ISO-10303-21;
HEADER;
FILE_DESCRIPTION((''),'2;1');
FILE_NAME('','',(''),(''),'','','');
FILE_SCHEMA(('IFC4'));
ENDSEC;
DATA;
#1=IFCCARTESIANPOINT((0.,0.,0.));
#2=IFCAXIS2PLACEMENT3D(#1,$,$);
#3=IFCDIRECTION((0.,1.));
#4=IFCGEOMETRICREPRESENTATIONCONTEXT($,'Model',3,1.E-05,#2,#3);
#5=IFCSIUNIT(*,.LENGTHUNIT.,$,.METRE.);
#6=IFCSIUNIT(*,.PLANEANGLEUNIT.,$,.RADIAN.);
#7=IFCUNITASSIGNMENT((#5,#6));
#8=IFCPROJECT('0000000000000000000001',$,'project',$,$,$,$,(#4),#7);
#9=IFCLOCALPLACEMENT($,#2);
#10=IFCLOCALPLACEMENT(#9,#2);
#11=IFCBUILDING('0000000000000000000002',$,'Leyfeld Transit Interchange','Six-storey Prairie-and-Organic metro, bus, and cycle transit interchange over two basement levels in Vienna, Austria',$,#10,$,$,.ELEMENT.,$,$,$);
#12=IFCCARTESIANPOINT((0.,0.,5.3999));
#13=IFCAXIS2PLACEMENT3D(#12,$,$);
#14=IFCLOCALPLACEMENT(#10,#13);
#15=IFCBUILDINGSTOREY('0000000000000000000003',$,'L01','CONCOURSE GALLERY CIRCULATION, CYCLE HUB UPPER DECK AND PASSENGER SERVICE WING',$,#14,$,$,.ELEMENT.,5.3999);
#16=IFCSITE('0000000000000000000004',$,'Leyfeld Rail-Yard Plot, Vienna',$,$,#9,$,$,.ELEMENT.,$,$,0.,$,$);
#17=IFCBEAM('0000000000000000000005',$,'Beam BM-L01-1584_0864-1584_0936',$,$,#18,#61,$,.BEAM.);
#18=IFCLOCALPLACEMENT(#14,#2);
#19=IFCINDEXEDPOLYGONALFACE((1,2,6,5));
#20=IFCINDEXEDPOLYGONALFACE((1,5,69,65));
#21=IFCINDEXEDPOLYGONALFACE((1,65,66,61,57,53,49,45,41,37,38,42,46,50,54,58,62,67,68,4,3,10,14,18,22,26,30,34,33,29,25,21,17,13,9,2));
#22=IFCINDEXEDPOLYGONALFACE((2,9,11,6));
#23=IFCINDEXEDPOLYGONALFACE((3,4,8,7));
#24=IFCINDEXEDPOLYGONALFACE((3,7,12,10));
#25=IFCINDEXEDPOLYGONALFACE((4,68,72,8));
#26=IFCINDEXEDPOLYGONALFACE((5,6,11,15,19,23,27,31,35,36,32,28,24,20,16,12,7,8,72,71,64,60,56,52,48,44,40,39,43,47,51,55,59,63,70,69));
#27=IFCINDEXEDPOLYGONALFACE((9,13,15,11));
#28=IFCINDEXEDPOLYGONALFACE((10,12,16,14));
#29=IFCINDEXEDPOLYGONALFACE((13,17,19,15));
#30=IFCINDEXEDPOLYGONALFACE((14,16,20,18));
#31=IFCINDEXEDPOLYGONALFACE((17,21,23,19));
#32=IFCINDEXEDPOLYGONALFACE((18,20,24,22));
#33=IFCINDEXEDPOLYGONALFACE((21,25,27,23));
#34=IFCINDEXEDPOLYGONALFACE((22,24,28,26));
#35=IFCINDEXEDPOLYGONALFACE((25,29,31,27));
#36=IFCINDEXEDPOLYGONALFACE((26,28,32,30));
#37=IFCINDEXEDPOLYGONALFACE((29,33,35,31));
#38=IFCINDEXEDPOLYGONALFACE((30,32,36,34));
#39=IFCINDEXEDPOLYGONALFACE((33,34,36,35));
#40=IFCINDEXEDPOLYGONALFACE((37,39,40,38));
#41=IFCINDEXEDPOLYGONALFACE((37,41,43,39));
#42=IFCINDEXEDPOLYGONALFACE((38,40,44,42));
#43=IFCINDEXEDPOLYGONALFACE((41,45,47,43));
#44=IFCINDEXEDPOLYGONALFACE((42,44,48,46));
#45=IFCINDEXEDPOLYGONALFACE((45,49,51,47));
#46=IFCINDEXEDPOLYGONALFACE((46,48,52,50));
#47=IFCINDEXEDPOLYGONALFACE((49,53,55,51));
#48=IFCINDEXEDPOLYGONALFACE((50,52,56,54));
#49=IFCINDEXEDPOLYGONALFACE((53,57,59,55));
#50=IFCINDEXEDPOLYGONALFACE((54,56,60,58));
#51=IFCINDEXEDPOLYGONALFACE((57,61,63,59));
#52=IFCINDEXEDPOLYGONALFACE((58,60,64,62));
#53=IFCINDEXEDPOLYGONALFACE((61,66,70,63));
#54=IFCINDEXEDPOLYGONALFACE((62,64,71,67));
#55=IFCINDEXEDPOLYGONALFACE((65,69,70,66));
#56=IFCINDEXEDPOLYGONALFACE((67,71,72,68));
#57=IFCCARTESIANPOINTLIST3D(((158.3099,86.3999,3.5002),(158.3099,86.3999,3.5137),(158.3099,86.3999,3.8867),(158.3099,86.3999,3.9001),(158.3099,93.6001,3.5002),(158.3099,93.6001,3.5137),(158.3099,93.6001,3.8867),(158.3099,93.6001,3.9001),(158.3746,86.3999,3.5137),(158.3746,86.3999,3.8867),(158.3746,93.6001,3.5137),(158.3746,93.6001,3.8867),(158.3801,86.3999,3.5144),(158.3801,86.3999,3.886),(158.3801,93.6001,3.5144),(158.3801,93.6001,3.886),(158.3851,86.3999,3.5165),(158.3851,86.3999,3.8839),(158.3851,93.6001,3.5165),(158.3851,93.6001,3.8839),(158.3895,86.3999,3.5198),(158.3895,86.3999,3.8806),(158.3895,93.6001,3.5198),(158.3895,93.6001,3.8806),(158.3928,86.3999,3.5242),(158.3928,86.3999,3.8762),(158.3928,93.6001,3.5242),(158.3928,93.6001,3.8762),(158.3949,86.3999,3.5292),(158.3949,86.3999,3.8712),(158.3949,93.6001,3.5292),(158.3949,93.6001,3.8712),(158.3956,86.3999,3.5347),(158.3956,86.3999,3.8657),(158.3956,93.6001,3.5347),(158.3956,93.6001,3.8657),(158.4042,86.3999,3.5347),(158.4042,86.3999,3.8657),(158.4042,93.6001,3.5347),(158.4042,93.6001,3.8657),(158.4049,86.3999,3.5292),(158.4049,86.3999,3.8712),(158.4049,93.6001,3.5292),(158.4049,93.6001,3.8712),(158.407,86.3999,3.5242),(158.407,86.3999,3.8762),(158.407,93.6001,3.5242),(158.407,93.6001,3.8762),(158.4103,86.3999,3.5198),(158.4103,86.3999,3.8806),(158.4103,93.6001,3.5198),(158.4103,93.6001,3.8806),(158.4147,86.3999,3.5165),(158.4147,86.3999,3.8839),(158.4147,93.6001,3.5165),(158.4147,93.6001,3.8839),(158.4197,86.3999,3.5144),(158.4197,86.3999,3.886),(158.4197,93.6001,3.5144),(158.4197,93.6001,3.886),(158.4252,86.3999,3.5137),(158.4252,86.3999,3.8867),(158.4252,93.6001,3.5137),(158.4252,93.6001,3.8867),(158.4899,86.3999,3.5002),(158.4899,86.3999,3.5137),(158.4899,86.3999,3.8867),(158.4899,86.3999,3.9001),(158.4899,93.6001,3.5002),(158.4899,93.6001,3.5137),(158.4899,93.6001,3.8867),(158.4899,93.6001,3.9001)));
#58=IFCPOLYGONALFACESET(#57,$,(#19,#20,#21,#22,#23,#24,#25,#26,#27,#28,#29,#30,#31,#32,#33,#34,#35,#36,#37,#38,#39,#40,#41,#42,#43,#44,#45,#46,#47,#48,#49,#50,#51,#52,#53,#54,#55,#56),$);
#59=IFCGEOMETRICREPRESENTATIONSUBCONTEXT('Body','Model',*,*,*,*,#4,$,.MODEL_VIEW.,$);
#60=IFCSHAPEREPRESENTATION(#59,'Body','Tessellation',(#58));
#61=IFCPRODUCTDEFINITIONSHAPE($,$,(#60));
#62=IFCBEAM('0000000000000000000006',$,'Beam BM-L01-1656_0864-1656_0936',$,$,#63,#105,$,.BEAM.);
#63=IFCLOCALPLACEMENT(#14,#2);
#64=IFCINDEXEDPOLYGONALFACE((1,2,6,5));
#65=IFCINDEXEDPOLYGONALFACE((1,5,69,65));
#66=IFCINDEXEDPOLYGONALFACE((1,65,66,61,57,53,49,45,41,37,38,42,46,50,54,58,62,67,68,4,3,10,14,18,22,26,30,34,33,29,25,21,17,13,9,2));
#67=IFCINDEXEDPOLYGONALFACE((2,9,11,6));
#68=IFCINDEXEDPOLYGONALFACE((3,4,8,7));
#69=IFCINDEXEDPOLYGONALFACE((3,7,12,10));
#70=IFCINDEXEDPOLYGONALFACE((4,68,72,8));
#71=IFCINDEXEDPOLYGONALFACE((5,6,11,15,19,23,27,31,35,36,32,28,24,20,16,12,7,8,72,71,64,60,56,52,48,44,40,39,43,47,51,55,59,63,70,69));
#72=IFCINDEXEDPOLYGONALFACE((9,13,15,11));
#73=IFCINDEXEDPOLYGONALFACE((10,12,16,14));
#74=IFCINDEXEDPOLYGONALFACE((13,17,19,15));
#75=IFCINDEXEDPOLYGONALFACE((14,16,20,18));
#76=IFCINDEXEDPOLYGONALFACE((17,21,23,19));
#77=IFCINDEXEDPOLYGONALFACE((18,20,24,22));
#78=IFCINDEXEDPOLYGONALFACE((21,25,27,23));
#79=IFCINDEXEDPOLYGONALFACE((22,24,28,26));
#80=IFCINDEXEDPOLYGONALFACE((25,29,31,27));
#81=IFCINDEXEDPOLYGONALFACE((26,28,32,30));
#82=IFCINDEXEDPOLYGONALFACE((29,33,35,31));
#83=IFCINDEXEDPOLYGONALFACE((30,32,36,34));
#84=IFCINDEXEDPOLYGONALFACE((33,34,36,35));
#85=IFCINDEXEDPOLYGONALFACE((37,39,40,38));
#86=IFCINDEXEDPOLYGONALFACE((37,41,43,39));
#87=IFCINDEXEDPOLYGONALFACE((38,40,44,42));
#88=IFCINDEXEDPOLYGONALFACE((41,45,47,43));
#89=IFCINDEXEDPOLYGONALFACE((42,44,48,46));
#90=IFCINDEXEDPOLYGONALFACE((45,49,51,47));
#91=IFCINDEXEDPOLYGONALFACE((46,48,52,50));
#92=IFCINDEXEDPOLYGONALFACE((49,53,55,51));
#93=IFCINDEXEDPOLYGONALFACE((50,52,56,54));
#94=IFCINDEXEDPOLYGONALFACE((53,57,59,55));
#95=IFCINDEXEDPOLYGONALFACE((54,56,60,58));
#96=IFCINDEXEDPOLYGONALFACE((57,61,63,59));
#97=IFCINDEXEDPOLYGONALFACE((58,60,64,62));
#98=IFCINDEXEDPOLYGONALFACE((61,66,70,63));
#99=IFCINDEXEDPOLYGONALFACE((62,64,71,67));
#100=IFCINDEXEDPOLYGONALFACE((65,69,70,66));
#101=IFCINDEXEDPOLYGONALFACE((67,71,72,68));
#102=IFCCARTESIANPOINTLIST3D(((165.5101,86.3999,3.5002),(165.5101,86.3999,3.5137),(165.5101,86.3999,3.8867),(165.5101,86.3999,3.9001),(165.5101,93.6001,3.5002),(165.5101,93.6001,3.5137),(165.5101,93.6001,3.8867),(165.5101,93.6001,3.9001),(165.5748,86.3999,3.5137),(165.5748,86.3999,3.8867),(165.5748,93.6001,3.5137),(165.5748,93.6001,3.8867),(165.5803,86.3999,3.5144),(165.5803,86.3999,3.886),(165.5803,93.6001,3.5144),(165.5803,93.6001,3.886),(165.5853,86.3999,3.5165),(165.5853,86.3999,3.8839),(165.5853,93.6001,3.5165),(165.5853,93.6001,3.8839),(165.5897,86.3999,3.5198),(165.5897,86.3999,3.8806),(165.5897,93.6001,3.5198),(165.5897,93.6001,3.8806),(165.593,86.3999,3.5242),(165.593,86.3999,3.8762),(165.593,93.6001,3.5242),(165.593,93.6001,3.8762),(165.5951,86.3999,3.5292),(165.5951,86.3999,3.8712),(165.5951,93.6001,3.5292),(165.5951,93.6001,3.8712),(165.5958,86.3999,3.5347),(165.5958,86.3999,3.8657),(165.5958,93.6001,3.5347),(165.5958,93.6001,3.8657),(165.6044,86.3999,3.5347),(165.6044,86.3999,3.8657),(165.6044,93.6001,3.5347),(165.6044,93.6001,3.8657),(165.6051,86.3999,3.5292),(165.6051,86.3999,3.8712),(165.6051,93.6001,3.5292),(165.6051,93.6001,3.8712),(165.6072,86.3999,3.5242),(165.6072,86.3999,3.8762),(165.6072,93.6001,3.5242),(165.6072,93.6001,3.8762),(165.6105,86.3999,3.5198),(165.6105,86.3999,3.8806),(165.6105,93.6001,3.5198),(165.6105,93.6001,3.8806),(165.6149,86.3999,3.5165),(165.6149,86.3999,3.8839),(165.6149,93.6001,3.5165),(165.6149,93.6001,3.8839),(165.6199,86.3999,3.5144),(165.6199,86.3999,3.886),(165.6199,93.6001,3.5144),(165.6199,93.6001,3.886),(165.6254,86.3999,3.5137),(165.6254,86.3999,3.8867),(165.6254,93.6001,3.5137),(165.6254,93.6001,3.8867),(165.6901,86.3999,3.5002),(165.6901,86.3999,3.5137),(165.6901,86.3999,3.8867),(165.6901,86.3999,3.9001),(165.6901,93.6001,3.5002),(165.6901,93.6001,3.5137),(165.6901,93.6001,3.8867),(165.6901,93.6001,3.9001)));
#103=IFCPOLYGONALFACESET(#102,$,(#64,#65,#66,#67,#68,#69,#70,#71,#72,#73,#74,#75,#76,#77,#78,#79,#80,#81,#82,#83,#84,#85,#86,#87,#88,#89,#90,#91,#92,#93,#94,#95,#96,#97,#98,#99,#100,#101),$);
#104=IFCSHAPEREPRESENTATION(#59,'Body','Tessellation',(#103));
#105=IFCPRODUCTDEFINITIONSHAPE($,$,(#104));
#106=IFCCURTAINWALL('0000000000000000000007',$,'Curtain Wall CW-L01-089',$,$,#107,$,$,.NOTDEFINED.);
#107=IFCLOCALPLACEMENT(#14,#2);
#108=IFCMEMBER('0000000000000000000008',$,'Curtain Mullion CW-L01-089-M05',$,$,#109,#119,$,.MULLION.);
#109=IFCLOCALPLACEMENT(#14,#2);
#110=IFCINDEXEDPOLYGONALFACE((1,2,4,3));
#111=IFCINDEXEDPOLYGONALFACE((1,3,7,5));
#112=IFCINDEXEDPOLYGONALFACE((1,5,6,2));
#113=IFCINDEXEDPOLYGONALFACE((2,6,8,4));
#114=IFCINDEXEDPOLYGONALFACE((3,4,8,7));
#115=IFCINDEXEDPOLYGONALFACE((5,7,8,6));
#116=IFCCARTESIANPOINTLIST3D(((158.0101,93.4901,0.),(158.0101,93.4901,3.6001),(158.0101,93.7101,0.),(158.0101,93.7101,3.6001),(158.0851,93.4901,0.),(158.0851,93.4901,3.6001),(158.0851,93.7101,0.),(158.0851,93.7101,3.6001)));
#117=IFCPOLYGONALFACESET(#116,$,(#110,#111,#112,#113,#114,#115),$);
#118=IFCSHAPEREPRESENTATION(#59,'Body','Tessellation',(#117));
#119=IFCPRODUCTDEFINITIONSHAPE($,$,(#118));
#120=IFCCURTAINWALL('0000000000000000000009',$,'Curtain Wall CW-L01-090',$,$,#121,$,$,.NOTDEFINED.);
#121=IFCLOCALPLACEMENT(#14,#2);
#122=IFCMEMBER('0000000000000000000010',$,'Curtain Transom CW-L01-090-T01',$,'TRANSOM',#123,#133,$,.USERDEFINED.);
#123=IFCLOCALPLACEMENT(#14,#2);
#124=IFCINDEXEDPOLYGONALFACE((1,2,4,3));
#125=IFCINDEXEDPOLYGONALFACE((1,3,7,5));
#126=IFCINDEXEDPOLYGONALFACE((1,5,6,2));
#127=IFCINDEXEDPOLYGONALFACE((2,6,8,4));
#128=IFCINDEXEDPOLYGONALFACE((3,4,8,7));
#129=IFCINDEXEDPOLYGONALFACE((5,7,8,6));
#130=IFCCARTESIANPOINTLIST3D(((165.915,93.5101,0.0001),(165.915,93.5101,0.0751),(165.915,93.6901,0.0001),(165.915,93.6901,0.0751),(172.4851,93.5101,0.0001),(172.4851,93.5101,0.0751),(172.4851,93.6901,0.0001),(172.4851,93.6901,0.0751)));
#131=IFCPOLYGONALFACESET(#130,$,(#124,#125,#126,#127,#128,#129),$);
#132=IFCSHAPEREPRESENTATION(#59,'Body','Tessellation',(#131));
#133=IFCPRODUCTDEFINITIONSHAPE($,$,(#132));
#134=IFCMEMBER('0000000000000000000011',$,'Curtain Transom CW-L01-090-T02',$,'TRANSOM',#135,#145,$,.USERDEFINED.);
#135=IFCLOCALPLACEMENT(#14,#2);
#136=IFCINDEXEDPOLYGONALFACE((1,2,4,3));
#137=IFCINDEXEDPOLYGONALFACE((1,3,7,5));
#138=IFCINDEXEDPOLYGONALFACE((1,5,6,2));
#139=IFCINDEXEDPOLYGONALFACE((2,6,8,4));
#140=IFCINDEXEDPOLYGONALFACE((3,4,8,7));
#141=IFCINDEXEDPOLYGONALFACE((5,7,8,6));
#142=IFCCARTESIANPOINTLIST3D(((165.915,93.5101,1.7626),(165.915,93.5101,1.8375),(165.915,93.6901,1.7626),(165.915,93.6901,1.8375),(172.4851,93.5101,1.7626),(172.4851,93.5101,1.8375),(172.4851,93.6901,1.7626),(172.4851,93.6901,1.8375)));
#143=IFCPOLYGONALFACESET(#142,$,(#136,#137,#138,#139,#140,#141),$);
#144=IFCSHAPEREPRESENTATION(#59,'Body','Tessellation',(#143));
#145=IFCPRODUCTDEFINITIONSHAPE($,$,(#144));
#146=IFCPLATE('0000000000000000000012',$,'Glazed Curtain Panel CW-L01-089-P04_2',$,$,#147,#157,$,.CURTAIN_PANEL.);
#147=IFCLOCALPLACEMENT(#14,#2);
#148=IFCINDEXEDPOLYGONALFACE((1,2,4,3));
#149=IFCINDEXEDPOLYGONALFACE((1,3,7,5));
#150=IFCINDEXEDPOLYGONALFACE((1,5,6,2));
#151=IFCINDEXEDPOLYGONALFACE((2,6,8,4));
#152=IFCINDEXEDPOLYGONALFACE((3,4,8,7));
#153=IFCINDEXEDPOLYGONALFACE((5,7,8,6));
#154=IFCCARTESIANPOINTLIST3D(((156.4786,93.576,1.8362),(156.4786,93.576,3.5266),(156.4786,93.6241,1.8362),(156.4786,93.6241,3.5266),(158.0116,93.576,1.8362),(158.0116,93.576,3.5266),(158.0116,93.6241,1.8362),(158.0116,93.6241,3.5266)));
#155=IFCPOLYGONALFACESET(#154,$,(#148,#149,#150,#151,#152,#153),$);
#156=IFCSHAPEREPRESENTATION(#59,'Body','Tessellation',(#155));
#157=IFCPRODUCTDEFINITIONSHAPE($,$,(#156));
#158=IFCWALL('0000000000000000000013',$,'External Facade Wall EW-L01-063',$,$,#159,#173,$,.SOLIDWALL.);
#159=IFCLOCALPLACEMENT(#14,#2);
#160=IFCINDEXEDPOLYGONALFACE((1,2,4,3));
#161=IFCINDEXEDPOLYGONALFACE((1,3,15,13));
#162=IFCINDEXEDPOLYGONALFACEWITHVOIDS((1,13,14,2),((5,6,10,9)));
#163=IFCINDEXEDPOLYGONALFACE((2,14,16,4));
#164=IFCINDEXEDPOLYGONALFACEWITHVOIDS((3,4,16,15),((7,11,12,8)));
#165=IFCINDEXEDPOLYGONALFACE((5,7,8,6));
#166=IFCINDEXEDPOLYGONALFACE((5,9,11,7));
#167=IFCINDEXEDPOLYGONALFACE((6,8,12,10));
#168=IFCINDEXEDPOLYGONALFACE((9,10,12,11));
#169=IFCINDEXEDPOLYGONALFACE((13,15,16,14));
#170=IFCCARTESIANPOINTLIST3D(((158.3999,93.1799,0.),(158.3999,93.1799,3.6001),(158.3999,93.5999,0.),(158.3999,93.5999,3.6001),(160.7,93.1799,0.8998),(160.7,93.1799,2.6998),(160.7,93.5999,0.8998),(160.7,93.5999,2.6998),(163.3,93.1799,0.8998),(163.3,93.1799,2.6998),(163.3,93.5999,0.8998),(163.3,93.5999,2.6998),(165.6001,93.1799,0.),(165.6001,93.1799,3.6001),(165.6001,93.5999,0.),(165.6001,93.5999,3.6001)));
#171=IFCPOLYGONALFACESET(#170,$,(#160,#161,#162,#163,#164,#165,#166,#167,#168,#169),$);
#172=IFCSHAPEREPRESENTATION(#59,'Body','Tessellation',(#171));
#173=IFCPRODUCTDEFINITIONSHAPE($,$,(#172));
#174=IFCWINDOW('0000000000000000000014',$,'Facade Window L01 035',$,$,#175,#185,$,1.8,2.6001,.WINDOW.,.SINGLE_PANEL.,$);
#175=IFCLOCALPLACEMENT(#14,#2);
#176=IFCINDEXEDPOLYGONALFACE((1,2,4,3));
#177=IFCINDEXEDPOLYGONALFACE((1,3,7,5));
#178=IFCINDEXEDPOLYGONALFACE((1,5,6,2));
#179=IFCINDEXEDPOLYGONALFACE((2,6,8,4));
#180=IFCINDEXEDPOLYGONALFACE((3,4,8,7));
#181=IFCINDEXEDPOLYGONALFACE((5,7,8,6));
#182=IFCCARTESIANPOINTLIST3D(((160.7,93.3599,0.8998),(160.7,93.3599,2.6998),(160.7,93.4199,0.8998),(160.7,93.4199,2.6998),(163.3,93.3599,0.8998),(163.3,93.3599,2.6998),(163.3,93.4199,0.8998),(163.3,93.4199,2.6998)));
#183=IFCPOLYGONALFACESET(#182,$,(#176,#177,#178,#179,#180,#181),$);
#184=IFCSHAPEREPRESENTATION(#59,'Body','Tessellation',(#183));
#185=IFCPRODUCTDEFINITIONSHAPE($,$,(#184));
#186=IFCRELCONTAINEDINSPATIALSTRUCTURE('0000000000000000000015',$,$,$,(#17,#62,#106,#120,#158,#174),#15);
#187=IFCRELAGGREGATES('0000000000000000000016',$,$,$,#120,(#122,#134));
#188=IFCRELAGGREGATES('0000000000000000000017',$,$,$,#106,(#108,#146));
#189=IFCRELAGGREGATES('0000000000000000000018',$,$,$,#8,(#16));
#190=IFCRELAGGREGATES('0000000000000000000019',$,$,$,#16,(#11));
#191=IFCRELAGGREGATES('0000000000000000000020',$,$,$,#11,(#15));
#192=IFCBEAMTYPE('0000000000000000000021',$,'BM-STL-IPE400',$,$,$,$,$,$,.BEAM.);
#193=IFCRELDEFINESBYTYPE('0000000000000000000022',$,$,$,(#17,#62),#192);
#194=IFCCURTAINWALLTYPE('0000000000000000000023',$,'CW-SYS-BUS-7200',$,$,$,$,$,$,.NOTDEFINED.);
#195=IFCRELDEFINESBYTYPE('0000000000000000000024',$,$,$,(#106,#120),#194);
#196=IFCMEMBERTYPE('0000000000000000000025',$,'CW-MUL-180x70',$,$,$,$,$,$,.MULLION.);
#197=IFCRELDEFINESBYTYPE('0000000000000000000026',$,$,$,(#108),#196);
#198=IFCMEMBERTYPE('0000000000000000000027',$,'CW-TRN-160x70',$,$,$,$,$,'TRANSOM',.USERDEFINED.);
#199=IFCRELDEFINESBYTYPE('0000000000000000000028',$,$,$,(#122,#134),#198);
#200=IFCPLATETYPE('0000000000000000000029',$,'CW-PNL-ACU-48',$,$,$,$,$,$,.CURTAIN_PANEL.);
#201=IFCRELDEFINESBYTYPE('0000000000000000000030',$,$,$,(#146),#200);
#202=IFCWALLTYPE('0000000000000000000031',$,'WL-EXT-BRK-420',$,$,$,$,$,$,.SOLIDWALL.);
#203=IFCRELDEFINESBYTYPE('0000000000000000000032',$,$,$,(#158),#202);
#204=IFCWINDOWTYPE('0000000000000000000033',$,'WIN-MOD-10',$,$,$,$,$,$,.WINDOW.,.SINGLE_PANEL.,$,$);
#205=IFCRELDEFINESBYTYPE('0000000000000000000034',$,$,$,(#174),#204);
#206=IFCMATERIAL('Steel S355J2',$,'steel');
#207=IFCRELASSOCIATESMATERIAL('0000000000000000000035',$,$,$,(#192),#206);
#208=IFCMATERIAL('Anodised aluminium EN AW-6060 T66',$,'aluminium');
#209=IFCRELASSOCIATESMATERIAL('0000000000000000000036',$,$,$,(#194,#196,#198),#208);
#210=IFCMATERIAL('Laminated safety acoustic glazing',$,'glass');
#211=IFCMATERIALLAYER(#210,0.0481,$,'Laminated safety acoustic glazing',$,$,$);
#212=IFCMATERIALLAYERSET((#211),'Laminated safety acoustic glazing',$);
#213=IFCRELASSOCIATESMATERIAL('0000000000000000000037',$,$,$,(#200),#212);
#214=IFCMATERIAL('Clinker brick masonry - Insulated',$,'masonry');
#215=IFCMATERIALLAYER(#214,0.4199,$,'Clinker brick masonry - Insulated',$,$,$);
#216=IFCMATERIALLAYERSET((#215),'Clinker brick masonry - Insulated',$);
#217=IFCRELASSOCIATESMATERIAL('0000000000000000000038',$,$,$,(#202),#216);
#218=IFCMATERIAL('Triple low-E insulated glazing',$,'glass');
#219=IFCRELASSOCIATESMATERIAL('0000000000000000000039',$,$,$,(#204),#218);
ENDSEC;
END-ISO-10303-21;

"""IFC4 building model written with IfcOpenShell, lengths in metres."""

from ifc_helpers import new_model, si_unit, direction, frame, frame_2d, origin, origin_2d, place, context, subcontext, project, spatial, rectangle, i_section, extrude, material, layer, layer_set, material_profile, profile_set, type_object, element, fill, aggregate, save


model = new_model("IFC4")

# Units and contexts
model_context = context("Model", 3, precision=1e-05, world=origin(), true_north=direction((0.0, 1.0)))
body_context = subcontext(model_context, "Body", "Model", "MODEL_VIEW")
ifc_project = project(units=[si_unit("LENGTHUNIT", "METRE"), si_unit("PLANEANGLEUNIT", "RADIAN")], contexts=[model_context])

# Site, building, storey
site_placement = place(None, origin())
site = spatial("IfcSite", under=ifc_project, at=site_placement, Name="Leyfeld Rail-Yard Plot, Vienna", CompositionType="ELEMENT", RefElevation=0.0)
building_placement = place(site_placement, origin())
building = spatial("IfcBuilding", under=site, at=building_placement, Name="Leyfeld Transit Interchange", Description="Six-storey Prairie-and-Organic metro, bus, and cycle transit interchange over two basement levels in Vienna, Austria", CompositionType="ELEMENT")
storey_placement = place(building_placement, frame((0.0, 0.0, 5.3999)))
storey = spatial("IfcBuildingStorey", under=building, at=storey_placement, Name="L01", Description="CONCOURSE GALLERY CIRCULATION, CYCLE HUB UPPER DECK AND PASSENGER SERVICE WING", CompositionType="ELEMENT", Elevation=5.3999)

# Beams
ifc_material_1 = material(Name="Steel S355J2", Category="steel")
ifc_material_profile_1 = material_profile(ifc_material_1, i_section(OverallWidth=0.1799, OverallDepth=0.3999, WebThickness=0.0085, FlangeThickness=0.0134, FilletRadius=0.021, at=origin_2d()), Name="IPE 400")
ifc_profile_set_1 = profile_set([ifc_material_profile_1], Name="Steel S355J2")
beam_type_1 = type_object("IfcBeamType", Name="BM-STL-IPE400", PredefinedType="BEAM", material=ifc_profile_set_1)
for number, where, z_axis, x_axis, name in (
    (1, (158.3999, 86.3999, 3.7002), (0.0, 1.0, 0.0), (-1.0, 0.0, 0.0), "Beam BM-L01-1584_0864-1584_0936"),
    (2, (165.6001, 86.3999, 3.7002), (0.0, 1.0, 0.0), (-1.0, 0.0, 0.0), "Beam BM-L01-1656_0864-1656_0936"),
):
    element("IfcBeam", number, at=place(storey_placement, frame(where, z_axis=z_axis, x_axis=x_axis)), inside=storey, type_object=beam_type_1, Name=name, PredefinedType="BEAM", context=body_context, shape_type="SweptSolid", body=[
        extrude(i_section(OverallWidth=0.1799, OverallDepth=0.3999, WebThickness=0.0085, FlangeThickness=0.0134, FilletRadius=0.021, at=origin_2d()), origin(), (0.0, 0.0, 1.0), 7.2002),
    ])

# Curtain wall, member
ifc_material_2 = material(Name="Anodised aluminium EN AW-6060 T66", Category="aluminium")
curtain_wall_type = type_object("IfcCurtainWallType", Name="CW-SYS-BUS-7200", PredefinedType="NOTDEFINED", material=ifc_material_2)
curtain_wall_1_placement = place(storey_placement, origin())
curtain_wall_1 = element("IfcCurtainWall", 3, at=curtain_wall_1_placement, inside=storey, type_object=curtain_wall_type, Name="Curtain Wall CW-L01-089", PredefinedType="NOTDEFINED")
ifc_material_profile_2 = material_profile(ifc_material_2, rectangle(XDim=0.075, YDim=0.22, at=origin_2d()), Name="CW-M 75x220")
ifc_profile_set_2 = profile_set([ifc_material_profile_2], Name="Anodised aluminium EN AW-6060 T66")
member_type_1 = type_object("IfcMemberType", Name="CW-MUL-180x70", PredefinedType="MULLION", material=ifc_profile_set_2)
member_1_placement = place(storey_placement, frame((158.0476, 93.6001, 0.0), z_axis=(0.0, 0.0, 1.0), x_axis=(1.0, 0.0, 0.0)))
member_1 = element("IfcMember", 4, at=member_1_placement, type_object=member_type_1, Name="Curtain Mullion CW-L01-089-M05", PredefinedType="MULLION", context=body_context, shape_type="SweptSolid", body=[
    extrude(rectangle(XDim=0.075, YDim=0.22, at=origin_2d()), origin(), (0.0, 0.0, 1.0), 3.6001),
])

# Curtain wall, members
curtain_wall_2_placement = place(storey_placement, origin())
curtain_wall_2 = element("IfcCurtainWall", 5, at=curtain_wall_2_placement, inside=storey, type_object=curtain_wall_type, Name="Curtain Wall CW-L01-090", PredefinedType="NOTDEFINED")
ifc_material_profile_3 = material_profile(ifc_material_2, rectangle(XDim=0.1799, YDim=0.075, at=origin_2d()), Name="CW-TRN-160x70")
ifc_profile_set_3 = profile_set([ifc_material_profile_3], Name="Anodised aluminium EN AW-6060 T66")
member_type_2 = type_object("IfcMemberType", Name="CW-TRN-160x70", ElementType="TRANSOM", PredefinedType="USERDEFINED", material=ifc_profile_set_3)
member_2_placement = place(storey_placement, frame((165.915, 93.6001, 0.0376), z_axis=(1.0, 0.0, 0.0), x_axis=(0.0, 1.0, 0.0)))
member_2 = element("IfcMember", 6, at=member_2_placement, type_object=member_type_2, Name="Curtain Transom CW-L01-090-T01", ObjectType="TRANSOM", PredefinedType="USERDEFINED", context=body_context, shape_type="SweptSolid", body=[
    extrude(rectangle(XDim=0.1799, YDim=0.075, at=origin_2d()), origin(), (0.0, 0.0, 1.0), 6.5701),
])
member_3_placement = place(storey_placement, frame((165.915, 93.6001, 1.8), z_axis=(1.0, 0.0, 0.0), x_axis=(0.0, 1.0, 0.0)))
member_3 = element("IfcMember", 7, at=member_3_placement, type_object=member_type_2, Name="Curtain Transom CW-L01-090-T02", ObjectType="TRANSOM", PredefinedType="USERDEFINED", context=body_context, shape_type="SweptSolid", body=[
    extrude(rectangle(XDim=0.1799, YDim=0.075, at=origin_2d()), origin(), (0.0, 0.0, 1.0), 6.5701),
])
aggregate(curtain_wall_2, [member_2, member_3])

# Plate
ifc_material_3 = material(Name="Laminated safety acoustic glazing", Category="glass")
ifc_layer_1 = layer(ifc_material_3, 0.0481, Name="Laminated safety acoustic glazing")
ifc_layer_set_1 = layer_set([ifc_layer_1], Name="Laminated safety acoustic glazing")
plate_type = type_object("IfcPlateType", Name="CW-PNL-ACU-48", PredefinedType="CURTAIN_PANEL", material=ifc_layer_set_1)
plate_placement = place(storey_placement, frame((157.2451, 93.6001, 1.8362), z_axis=(0.0, 0.0, 1.0), x_axis=(1.0, 0.0, 0.0)))
plate = element("IfcPlate", 8, at=plate_placement, type_object=plate_type, Name="Glazed Curtain Panel CW-L01-089-P04_2", PredefinedType="CURTAIN_PANEL", context=body_context, shape_type="SweptSolid", body=[
    extrude(rectangle(XDim=1.533, YDim=0.0481, at=origin_2d()), origin(), (0.0, 0.0, 1.0), 1.6904),
])
aggregate(curtain_wall_1, [member_1, plate])

# Wall, opening, window
ifc_material_4 = material(Name="Clinker brick masonry - Insulated", Category="masonry")
ifc_layer_2 = layer(ifc_material_4, 0.4199, Name="Clinker brick masonry - Insulated")
ifc_layer_set_2 = layer_set([ifc_layer_2], Name="Clinker brick masonry - Insulated")
wall_type_1 = type_object("IfcWallType", Name="WL-EXT-BRK-420", PredefinedType="SOLIDWALL", material=ifc_layer_set_2)
wall_1_placement = place(storey_placement, frame((158.3999, 93.3899, 0.0), z_axis=(0.0, 0.0, 1.0), x_axis=(1.0, 0.0, 0.0)))
wall_1 = element("IfcWall", 9, at=wall_1_placement, inside=storey, type_object=wall_type_1, Name="External Facade Wall EW-L01-063", PredefinedType="SOLIDWALL", context=body_context, shape_type="SweptSolid", body=[
    extrude(rectangle(XDim=7.2002, YDim=0.4199, at=frame_2d((3.6001, 0.0))), origin(), (0.0, 0.0, 1.0), 3.6001),
])
opening_1_placement = place(wall_1_placement, frame((2.3, 0.0, 0.8999)))
opening_1 = element("IfcOpeningElement", 10, at=opening_1_placement, cuts=wall_1, PredefinedType="OPENING", context=body_context, shape_type="SweptSolid", body=[
    extrude(rectangle(XDim=2.6001, YDim=1.8, at=frame_2d((1.3, 0.8999))), frame((0.0, 0.22, 0.0), z_axis=(0.0, -1.0, 0.0), x_axis=(1.0, 0.0, 0.0)), (0.0, 0.0, 1.0), 0.4399),
])
ifc_material_5 = material(Name="Triple low-E insulated glazing", Category="glass")
window_type = type_object("IfcWindowType", Name="WIN-MOD-10", PartitioningType="SINGLE_PANEL", PredefinedType="WINDOW", material=ifc_material_5)
window_placement = place(opening_1_placement, origin())
window = element("IfcWindow", 11, at=window_placement, inside=storey, type_object=window_type, Name="Facade Window L01 035", OverallHeight=1.8, OverallWidth=2.6001, PartitioningType="SINGLE_PANEL", PredefinedType="WINDOW", context=body_context, shape_type="SweptSolid", body=[
    extrude(rectangle(XDim=2.6001, YDim=1.8, at=frame_2d((1.3, 0.8999))), frame((0.0, 0.03, 0.0), z_axis=(0.0, -1.0, 0.0), x_axis=(1.0, 0.0, 0.0)), (0.0, 0.0, 1.0), 0.0601),
])
fill(opening_1, window)

save(model, "model.ifc")
